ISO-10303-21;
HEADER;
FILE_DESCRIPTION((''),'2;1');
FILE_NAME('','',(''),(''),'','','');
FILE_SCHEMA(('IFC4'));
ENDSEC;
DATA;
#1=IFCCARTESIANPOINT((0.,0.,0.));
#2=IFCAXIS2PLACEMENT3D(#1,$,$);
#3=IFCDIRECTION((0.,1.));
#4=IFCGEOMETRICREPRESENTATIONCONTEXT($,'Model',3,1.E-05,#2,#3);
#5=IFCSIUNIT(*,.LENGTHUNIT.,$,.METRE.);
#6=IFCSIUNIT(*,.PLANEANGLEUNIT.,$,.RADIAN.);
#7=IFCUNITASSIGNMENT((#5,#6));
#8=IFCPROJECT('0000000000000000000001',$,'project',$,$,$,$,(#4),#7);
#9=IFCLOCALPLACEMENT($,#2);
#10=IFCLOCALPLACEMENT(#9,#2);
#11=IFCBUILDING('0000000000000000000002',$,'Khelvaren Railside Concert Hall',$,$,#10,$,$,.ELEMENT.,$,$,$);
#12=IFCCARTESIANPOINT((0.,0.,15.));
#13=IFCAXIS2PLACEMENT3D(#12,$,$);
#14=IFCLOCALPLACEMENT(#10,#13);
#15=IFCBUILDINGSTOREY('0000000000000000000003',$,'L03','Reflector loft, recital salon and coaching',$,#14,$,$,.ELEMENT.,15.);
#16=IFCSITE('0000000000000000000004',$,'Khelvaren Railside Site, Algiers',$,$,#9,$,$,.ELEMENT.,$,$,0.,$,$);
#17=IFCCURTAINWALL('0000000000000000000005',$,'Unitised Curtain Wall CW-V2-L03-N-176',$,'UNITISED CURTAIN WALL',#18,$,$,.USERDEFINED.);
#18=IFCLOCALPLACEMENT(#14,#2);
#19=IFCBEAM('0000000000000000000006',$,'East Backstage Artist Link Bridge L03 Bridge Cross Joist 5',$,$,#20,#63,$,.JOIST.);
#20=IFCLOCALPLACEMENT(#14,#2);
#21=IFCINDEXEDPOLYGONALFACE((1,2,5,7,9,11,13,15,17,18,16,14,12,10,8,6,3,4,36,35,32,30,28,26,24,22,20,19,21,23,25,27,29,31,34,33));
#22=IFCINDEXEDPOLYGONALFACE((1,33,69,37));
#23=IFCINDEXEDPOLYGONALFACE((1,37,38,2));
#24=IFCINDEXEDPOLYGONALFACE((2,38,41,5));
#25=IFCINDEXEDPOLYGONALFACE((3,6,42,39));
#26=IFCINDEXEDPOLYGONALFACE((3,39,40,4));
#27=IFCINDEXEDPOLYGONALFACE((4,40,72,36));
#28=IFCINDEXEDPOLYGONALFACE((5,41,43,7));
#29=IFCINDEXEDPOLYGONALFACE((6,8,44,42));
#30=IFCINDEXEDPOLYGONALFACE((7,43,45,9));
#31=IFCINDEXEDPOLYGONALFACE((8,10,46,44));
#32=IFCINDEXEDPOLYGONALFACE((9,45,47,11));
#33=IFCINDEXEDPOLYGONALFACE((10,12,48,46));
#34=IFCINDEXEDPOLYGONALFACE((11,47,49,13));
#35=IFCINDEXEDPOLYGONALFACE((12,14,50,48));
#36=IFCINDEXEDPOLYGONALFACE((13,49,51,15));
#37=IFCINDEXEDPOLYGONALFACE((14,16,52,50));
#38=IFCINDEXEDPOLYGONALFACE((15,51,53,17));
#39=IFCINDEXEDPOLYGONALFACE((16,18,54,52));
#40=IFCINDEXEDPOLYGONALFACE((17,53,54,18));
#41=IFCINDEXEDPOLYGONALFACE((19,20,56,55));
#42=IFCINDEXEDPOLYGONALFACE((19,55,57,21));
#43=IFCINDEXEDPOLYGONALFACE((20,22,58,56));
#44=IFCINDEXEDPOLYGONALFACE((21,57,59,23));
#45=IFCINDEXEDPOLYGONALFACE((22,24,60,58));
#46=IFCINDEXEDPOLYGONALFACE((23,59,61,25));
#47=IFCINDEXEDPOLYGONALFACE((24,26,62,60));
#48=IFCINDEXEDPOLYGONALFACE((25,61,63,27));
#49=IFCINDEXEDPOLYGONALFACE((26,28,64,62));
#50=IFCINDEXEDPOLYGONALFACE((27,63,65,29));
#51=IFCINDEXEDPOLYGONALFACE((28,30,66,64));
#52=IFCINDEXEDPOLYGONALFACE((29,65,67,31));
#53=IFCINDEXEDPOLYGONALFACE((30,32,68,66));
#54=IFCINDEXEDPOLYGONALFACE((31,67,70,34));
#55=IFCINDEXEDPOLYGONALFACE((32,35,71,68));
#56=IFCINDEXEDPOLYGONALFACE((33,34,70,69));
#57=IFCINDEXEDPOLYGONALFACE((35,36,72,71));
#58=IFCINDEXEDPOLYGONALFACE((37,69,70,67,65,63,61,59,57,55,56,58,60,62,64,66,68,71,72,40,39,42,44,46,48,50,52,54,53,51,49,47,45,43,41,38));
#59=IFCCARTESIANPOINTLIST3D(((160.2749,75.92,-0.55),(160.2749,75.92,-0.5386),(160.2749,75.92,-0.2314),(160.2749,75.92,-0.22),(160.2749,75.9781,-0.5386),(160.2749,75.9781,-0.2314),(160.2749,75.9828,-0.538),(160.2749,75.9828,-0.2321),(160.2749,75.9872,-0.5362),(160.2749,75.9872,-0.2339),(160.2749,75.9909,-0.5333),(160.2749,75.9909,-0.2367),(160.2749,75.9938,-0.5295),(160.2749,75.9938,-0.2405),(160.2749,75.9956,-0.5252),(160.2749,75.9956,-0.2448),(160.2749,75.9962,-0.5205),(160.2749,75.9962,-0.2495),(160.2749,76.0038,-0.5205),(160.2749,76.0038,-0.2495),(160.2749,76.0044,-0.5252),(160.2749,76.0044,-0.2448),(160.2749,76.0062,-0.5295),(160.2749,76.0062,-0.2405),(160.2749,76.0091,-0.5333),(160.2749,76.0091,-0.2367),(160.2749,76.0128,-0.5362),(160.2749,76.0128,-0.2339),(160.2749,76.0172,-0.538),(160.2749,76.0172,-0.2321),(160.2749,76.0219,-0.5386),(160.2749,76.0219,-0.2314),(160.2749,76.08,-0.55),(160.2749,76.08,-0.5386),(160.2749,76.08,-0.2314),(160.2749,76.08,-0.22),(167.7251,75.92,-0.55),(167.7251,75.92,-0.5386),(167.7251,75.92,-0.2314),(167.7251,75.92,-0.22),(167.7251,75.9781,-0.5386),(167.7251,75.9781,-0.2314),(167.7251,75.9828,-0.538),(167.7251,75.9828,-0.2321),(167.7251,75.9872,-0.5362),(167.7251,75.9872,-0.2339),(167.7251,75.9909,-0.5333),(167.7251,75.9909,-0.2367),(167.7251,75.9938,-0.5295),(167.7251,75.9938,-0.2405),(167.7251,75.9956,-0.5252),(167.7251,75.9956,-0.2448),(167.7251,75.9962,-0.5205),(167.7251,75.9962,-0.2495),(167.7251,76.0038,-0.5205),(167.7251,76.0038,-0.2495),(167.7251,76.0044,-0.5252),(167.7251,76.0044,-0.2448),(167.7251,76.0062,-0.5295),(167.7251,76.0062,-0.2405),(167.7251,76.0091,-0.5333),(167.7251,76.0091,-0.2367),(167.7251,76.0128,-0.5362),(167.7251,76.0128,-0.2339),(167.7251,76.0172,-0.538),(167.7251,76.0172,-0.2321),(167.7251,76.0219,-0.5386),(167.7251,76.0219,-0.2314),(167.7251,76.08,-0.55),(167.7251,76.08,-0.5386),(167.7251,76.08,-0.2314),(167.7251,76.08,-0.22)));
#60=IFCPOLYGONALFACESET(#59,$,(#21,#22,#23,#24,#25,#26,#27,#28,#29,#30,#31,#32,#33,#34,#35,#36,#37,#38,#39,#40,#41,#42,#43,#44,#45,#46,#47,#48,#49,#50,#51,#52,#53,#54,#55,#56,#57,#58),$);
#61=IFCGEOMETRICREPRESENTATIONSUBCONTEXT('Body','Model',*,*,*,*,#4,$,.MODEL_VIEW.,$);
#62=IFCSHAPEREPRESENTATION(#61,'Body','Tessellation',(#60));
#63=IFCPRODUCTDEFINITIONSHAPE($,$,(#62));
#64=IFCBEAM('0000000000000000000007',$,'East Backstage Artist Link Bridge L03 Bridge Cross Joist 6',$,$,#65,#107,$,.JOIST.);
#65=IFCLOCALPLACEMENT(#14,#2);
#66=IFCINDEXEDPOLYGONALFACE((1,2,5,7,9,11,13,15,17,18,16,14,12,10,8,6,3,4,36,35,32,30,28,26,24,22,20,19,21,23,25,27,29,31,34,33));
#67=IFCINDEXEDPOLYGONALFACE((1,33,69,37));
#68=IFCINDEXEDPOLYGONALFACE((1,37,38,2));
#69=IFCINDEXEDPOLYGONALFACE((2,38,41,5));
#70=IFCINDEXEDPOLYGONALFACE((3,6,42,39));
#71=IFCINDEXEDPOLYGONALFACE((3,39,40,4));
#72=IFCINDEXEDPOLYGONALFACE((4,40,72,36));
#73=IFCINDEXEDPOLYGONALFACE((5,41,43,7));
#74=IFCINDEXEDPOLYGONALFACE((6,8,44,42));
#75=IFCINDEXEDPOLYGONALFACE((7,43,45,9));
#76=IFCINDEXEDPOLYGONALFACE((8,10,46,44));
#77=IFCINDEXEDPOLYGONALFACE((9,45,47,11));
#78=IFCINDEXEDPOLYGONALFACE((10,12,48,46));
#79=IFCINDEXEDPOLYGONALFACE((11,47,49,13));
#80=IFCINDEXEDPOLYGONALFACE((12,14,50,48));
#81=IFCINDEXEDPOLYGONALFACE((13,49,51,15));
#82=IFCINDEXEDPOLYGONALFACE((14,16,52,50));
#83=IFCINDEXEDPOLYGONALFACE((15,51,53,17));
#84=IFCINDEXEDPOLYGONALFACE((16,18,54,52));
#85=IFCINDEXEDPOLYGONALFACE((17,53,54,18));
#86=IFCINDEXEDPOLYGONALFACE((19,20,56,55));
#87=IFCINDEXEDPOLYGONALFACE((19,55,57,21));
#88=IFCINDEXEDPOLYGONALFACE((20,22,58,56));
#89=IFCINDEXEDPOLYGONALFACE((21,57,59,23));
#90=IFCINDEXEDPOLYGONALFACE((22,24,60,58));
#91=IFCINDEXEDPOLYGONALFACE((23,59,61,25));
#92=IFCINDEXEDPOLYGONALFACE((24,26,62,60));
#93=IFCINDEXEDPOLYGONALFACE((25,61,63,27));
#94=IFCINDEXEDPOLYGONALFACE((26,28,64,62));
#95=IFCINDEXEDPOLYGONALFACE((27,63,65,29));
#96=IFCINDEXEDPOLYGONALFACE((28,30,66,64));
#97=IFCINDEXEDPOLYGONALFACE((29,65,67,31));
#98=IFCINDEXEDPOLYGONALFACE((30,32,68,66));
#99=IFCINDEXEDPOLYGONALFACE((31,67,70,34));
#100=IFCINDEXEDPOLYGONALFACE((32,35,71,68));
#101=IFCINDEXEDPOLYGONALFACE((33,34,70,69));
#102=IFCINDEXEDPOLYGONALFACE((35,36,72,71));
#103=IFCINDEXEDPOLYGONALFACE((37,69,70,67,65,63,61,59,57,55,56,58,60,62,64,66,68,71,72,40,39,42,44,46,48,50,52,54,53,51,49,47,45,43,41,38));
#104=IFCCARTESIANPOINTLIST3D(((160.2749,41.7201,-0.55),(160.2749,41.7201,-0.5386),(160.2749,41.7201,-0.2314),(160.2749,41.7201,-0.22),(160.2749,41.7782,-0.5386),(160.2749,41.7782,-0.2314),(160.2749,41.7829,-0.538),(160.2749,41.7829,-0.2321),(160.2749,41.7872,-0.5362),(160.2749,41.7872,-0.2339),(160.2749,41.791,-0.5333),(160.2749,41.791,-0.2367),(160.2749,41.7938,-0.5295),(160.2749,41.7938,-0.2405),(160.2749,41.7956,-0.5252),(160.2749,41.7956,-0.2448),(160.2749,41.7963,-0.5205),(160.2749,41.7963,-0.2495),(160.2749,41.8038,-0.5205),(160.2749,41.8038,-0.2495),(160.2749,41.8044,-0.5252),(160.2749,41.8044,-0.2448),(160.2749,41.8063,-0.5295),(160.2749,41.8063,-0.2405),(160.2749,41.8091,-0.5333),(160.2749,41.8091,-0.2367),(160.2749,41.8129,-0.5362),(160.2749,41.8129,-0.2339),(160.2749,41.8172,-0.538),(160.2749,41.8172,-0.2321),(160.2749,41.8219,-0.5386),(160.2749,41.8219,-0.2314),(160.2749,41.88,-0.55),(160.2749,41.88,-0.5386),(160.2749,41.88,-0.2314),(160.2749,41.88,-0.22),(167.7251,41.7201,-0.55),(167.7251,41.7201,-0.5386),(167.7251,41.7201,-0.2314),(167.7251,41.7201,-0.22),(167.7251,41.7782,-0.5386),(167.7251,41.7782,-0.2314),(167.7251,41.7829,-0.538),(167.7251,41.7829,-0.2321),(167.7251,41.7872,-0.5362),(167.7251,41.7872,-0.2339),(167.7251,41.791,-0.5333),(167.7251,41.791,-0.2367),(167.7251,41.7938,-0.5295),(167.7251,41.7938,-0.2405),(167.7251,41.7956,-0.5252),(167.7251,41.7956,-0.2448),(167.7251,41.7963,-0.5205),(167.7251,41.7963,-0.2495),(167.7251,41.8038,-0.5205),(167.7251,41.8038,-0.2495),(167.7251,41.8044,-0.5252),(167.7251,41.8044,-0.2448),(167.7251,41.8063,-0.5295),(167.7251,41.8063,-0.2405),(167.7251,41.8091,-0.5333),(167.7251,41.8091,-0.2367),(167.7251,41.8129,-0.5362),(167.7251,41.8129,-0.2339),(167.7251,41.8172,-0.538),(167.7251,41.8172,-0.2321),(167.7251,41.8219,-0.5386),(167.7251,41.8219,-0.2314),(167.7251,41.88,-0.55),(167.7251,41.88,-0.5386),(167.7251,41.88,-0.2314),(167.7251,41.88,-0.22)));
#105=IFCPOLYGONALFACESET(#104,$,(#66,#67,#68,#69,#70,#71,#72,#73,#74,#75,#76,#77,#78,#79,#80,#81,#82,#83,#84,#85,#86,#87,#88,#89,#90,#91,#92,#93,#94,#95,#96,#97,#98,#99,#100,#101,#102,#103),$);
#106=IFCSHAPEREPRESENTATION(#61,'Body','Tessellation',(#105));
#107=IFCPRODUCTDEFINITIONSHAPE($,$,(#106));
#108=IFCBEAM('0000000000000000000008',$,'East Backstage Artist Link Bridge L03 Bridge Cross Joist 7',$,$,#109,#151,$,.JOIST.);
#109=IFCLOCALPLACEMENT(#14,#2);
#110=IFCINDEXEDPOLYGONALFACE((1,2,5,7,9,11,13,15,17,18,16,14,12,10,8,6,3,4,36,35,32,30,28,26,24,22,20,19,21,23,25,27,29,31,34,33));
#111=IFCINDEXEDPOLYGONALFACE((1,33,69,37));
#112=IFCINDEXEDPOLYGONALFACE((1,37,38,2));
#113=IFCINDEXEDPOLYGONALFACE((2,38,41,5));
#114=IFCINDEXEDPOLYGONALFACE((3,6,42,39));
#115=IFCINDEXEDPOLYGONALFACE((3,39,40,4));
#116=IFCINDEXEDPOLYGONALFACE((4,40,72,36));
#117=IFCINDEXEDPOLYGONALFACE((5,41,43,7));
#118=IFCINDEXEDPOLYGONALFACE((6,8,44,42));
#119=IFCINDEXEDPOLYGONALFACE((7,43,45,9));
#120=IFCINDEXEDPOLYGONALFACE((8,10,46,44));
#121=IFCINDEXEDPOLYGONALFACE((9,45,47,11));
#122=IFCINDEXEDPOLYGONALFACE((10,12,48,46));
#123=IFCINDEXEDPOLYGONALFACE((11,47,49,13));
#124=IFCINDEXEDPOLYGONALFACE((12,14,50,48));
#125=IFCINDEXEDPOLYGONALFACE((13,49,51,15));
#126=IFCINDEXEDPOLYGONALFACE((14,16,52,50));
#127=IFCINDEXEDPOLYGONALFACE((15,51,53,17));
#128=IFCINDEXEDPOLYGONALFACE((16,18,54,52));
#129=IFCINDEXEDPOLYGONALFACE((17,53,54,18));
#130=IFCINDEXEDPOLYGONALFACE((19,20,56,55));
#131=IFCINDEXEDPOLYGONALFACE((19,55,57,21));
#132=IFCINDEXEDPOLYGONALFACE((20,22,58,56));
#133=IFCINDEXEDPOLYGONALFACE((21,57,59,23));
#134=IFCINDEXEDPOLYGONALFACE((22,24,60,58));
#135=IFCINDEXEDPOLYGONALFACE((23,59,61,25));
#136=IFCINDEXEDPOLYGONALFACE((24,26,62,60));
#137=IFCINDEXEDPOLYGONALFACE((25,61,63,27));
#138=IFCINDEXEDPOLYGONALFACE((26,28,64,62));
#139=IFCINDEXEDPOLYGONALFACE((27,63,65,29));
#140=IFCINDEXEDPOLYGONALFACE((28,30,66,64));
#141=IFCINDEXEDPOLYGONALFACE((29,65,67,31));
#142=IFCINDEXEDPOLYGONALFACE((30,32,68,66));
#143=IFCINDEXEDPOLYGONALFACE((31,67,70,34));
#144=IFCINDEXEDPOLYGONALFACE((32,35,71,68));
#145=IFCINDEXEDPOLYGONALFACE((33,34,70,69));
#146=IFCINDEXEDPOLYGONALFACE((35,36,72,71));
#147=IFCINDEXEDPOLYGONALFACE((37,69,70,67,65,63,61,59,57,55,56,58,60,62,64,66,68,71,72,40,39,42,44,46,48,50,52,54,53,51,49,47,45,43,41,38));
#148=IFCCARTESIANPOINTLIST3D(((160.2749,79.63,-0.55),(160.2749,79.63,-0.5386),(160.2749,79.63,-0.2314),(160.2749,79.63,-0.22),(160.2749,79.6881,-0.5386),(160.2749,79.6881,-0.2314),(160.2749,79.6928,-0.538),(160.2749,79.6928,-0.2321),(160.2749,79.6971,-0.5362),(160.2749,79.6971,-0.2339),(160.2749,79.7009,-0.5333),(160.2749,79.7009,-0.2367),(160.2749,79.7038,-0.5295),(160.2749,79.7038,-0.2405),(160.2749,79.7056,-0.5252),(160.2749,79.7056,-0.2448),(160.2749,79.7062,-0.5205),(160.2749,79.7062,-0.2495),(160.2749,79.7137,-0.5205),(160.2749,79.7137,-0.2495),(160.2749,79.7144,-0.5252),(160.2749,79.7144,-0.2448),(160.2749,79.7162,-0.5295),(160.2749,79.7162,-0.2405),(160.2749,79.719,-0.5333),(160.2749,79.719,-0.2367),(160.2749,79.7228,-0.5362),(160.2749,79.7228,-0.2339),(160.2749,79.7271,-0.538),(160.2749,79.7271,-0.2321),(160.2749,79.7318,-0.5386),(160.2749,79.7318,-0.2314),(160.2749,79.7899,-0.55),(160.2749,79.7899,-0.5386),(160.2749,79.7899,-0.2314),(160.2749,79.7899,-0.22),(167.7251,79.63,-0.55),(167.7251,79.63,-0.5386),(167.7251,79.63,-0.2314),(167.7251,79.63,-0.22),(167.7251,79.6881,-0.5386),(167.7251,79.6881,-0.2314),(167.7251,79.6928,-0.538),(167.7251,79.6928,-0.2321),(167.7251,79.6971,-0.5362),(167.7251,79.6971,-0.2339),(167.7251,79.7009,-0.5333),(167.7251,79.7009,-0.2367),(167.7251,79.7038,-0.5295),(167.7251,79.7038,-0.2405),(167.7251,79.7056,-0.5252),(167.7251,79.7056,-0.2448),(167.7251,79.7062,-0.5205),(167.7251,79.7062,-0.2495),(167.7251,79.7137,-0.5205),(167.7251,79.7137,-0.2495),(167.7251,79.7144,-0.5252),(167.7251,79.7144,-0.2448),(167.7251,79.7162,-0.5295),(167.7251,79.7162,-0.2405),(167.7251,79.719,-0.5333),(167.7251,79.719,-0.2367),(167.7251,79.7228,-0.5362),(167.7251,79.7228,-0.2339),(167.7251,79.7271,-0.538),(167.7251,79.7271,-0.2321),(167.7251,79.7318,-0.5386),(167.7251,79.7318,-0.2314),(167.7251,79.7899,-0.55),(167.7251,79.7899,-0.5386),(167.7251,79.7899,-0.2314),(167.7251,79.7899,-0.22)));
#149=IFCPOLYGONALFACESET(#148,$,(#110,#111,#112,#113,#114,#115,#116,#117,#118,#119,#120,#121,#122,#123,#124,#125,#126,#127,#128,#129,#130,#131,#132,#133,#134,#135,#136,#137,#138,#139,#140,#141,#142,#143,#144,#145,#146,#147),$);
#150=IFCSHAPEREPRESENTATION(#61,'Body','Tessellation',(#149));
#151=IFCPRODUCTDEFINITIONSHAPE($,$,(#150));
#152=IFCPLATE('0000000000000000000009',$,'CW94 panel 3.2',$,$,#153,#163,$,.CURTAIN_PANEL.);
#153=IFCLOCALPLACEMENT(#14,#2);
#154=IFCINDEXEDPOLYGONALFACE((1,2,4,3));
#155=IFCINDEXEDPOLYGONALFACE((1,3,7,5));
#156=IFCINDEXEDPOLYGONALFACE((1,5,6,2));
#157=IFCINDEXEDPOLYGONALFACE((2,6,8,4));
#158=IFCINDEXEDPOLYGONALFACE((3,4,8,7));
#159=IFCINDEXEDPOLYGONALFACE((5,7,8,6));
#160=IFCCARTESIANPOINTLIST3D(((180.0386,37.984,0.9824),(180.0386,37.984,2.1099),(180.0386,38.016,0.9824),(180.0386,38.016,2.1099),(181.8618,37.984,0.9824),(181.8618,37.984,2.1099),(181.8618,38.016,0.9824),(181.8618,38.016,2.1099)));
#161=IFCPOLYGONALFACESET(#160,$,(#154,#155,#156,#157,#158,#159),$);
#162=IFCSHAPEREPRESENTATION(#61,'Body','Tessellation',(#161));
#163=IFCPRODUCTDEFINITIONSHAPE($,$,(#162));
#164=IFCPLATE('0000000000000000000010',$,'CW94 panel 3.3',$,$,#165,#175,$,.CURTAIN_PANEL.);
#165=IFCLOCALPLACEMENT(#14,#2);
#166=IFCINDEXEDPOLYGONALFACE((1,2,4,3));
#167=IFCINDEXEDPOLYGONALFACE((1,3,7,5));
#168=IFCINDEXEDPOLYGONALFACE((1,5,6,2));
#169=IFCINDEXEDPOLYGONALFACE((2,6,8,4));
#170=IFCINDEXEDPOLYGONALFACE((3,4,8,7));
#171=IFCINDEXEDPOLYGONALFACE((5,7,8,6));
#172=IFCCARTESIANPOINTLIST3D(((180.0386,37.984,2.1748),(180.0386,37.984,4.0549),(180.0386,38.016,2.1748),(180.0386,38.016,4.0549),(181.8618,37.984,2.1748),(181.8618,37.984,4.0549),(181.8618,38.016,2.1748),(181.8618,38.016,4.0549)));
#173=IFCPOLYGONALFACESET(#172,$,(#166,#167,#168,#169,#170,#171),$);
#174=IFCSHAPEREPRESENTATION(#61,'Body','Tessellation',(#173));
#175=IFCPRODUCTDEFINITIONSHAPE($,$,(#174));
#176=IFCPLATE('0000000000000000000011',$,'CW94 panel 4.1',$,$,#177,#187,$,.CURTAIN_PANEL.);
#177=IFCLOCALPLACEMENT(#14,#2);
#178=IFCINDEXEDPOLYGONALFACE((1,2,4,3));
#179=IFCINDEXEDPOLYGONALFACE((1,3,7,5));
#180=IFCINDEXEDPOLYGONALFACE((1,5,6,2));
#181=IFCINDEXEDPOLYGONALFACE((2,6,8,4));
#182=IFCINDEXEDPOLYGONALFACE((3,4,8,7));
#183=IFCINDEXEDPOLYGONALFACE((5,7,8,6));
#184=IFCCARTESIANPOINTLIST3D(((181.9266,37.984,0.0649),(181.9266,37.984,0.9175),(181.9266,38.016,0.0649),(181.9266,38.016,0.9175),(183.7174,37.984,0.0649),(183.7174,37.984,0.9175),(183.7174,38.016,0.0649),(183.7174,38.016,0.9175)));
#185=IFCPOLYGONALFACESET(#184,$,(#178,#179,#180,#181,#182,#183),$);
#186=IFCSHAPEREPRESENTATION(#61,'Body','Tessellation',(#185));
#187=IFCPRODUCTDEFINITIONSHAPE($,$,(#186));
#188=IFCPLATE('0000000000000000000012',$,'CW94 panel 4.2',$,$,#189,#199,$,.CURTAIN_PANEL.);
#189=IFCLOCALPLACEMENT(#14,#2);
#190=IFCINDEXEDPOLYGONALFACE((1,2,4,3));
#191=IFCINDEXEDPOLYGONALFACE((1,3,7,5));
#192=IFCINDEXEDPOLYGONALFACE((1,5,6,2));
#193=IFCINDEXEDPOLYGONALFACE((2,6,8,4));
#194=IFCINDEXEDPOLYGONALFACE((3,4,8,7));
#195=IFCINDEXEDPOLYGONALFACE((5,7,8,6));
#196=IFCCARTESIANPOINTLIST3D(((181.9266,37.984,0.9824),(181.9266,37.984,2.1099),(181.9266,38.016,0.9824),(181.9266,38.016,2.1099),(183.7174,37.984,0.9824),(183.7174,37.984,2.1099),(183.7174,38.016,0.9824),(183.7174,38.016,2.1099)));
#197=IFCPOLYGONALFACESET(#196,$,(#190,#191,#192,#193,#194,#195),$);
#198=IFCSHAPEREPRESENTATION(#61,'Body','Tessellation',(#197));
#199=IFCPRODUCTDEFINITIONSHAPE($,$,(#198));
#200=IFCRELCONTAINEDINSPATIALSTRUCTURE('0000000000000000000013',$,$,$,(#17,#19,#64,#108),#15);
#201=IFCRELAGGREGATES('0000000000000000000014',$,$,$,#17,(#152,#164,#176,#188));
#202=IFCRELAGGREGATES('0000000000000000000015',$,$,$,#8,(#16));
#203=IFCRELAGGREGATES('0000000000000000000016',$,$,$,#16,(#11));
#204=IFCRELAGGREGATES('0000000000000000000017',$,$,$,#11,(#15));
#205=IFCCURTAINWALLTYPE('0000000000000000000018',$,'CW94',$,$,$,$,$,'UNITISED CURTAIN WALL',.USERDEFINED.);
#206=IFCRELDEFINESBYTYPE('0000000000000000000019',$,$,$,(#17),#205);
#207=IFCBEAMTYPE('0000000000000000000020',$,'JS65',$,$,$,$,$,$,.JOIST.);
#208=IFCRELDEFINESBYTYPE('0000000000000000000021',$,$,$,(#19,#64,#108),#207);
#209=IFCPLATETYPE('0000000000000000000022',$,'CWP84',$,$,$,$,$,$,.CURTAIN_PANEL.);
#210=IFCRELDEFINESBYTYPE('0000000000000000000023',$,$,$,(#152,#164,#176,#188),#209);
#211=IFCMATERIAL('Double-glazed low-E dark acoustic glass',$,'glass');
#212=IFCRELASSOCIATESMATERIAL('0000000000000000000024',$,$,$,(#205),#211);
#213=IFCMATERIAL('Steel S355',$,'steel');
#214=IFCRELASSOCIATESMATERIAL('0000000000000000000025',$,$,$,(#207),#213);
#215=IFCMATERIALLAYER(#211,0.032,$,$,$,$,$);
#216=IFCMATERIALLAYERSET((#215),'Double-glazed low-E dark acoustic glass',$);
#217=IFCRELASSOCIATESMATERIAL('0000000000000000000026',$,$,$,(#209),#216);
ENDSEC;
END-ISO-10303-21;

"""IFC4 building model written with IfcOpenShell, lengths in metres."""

from ifc_helpers import new_model, si_unit, direction, frame, origin, origin_2d, place, context, subcontext, project, spatial, rectangle, i_section, extrude, material, layer, layer_set, material_profile, profile_set, type_object, element, aggregate, save


model = new_model("IFC4")

# Units and contexts
model_context = context("Model", 3, precision=1e-05, world=origin(), true_north=direction((0.0, 1.0)))
body_context = subcontext(model_context, "Body", "Model", "MODEL_VIEW")
ifc_project = project(units=[si_unit("LENGTHUNIT", "METRE"), si_unit("PLANEANGLEUNIT", "RADIAN")], contexts=[model_context])

# Site, building, storey
site_placement = place(None, origin())
site = spatial("IfcSite", under=ifc_project, at=site_placement, Name="Khelvaren Railside Site, Algiers", CompositionType="ELEMENT", RefElevation=0.0)
building_placement = place(site_placement, origin())
building = spatial("IfcBuilding", under=site, at=building_placement, Name="Khelvaren Railside Concert Hall", CompositionType="ELEMENT")
storey_placement = place(building_placement, frame((0.0, 0.0, 15.0)))
storey = spatial("IfcBuildingStorey", under=building, at=storey_placement, Name="L03", Description="Reflector loft, recital salon and coaching", CompositionType="ELEMENT", Elevation=15.0)

# Shared definitions
ifc_material_1 = material(Name="Steel S355", Category="steel")

# Curtain wall
ifc_material_2 = material(Name="Double-glazed low-E dark acoustic glass", Category="glass")
curtain_wall_type = type_object("IfcCurtainWallType", Name="CW94", ElementType="UNITISED CURTAIN WALL", PredefinedType="USERDEFINED", material=ifc_material_2)
curtain_wall_placement = place(storey_placement, origin())
curtain_wall = element("IfcCurtainWall", 1, at=curtain_wall_placement, inside=storey, type_object=curtain_wall_type, Name="Unitised Curtain Wall CW-V2-L03-N-176", ObjectType="UNITISED CURTAIN WALL", PredefinedType="USERDEFINED")

# Beams
ifc_material_profile_1 = material_profile(ifc_material_1, i_section(OverallWidth=0.1599, OverallDepth=0.3301, WebThickness=0.0076, FlangeThickness=0.0115, FilletRadius=0.0181, at=origin_2d()), Name="IPE 330")
ifc_profile_set_1 = profile_set([ifc_material_profile_1], Name="Steel S355")
beam_type_1 = type_object("IfcBeamType", Name="JS65", PredefinedType="JOIST", material=ifc_profile_set_1)
for number, where, z_axis, x_axis, name in (
    (2, (160.2749, 76.0, -0.385), (1.0, 0.0, 0.0), (0.0, 1.0, 0.0), "East Backstage Artist Link Bridge L03 Bridge Cross Joist 5"),
    (3, (160.2749, 41.8, -0.385), (1.0, 0.0, 0.0), (0.0, 1.0, 0.0), "East Backstage Artist Link Bridge L03 Bridge Cross Joist 6"),
    (4, (160.2749, 79.71, -0.385), (1.0, 0.0, 0.0), (0.0, 1.0, 0.0), "East Backstage Artist Link Bridge L03 Bridge Cross Joist 7"),
):
    element("IfcBeam", number, at=place(storey_placement, frame(where, z_axis=z_axis, x_axis=x_axis)), inside=storey, type_object=beam_type_1, Name=name, PredefinedType="JOIST", context=body_context, shape_type="SweptSolid", body=[
        extrude(i_section(OverallWidth=0.1599, OverallDepth=0.3301, WebThickness=0.0076, FlangeThickness=0.0115, FilletRadius=0.0181, at=origin_2d()), origin(), (0.0, 0.0, 1.0), 7.4502),
    ])

# Plates
ifc_layer = layer(ifc_material_2, 0.032)
ifc_layer_set = layer_set([ifc_layer], Name="Double-glazed low-E dark acoustic glass")
plate_type = type_object("IfcPlateType", Name="CWP84", PredefinedType="CURTAIN_PANEL", material=ifc_layer_set)
plate_1_placement = place(storey_placement, frame((180.9502, 38.0, 0.9824), z_axis=(0.0, 0.0, 1.0), x_axis=(1.0, 0.0, 0.0)))
plate_1 = element("IfcPlate", 5, at=plate_1_placement, type_object=plate_type, Name="CW94 panel 3.2", PredefinedType="CURTAIN_PANEL", context=body_context, shape_type="SweptSolid", body=[
    extrude(rectangle(XDim=1.8232, YDim=0.032, at=origin_2d()), origin(), (0.0, 0.0, 1.0), 1.1274),
])
plate_2_placement = place(storey_placement, frame((180.9502, 38.0, 2.1748), z_axis=(0.0, 0.0, 1.0), x_axis=(1.0, 0.0, 0.0)))
plate_2 = element("IfcPlate", 6, at=plate_2_placement, type_object=plate_type, Name="CW94 panel 3.3", PredefinedType="CURTAIN_PANEL", context=body_context, shape_type="SweptSolid", body=[
    extrude(rectangle(XDim=1.8232, YDim=0.032, at=origin_2d()), origin(), (0.0, 0.0, 1.0), 1.8801),
])
plate_3_placement = place(storey_placement, frame((182.822, 38.0, 0.0649), z_axis=(0.0, 0.0, 1.0), x_axis=(1.0, 0.0, 0.0)))
plate_3 = element("IfcPlate", 7, at=plate_3_placement, type_object=plate_type, Name="CW94 panel 4.1", PredefinedType="CURTAIN_PANEL", context=body_context, shape_type="SweptSolid", body=[
    extrude(rectangle(XDim=1.7908, YDim=0.032, at=origin_2d()), origin(), (0.0, 0.0, 1.0), 0.8525),
])
plate_4_placement = place(storey_placement, frame((182.822, 38.0, 0.9824), z_axis=(0.0, 0.0, 1.0), x_axis=(1.0, 0.0, 0.0)))
plate_4 = element("IfcPlate", 8, at=plate_4_placement, type_object=plate_type, Name="CW94 panel 4.2", PredefinedType="CURTAIN_PANEL", context=body_context, shape_type="SweptSolid", body=[
    extrude(rectangle(XDim=1.7908, YDim=0.032, at=origin_2d()), origin(), (0.0, 0.0, 1.0), 1.1274),
])
aggregate(curtain_wall, [plate_1, plate_2, plate_3, plate_4])

save(model, "model.ifc")
